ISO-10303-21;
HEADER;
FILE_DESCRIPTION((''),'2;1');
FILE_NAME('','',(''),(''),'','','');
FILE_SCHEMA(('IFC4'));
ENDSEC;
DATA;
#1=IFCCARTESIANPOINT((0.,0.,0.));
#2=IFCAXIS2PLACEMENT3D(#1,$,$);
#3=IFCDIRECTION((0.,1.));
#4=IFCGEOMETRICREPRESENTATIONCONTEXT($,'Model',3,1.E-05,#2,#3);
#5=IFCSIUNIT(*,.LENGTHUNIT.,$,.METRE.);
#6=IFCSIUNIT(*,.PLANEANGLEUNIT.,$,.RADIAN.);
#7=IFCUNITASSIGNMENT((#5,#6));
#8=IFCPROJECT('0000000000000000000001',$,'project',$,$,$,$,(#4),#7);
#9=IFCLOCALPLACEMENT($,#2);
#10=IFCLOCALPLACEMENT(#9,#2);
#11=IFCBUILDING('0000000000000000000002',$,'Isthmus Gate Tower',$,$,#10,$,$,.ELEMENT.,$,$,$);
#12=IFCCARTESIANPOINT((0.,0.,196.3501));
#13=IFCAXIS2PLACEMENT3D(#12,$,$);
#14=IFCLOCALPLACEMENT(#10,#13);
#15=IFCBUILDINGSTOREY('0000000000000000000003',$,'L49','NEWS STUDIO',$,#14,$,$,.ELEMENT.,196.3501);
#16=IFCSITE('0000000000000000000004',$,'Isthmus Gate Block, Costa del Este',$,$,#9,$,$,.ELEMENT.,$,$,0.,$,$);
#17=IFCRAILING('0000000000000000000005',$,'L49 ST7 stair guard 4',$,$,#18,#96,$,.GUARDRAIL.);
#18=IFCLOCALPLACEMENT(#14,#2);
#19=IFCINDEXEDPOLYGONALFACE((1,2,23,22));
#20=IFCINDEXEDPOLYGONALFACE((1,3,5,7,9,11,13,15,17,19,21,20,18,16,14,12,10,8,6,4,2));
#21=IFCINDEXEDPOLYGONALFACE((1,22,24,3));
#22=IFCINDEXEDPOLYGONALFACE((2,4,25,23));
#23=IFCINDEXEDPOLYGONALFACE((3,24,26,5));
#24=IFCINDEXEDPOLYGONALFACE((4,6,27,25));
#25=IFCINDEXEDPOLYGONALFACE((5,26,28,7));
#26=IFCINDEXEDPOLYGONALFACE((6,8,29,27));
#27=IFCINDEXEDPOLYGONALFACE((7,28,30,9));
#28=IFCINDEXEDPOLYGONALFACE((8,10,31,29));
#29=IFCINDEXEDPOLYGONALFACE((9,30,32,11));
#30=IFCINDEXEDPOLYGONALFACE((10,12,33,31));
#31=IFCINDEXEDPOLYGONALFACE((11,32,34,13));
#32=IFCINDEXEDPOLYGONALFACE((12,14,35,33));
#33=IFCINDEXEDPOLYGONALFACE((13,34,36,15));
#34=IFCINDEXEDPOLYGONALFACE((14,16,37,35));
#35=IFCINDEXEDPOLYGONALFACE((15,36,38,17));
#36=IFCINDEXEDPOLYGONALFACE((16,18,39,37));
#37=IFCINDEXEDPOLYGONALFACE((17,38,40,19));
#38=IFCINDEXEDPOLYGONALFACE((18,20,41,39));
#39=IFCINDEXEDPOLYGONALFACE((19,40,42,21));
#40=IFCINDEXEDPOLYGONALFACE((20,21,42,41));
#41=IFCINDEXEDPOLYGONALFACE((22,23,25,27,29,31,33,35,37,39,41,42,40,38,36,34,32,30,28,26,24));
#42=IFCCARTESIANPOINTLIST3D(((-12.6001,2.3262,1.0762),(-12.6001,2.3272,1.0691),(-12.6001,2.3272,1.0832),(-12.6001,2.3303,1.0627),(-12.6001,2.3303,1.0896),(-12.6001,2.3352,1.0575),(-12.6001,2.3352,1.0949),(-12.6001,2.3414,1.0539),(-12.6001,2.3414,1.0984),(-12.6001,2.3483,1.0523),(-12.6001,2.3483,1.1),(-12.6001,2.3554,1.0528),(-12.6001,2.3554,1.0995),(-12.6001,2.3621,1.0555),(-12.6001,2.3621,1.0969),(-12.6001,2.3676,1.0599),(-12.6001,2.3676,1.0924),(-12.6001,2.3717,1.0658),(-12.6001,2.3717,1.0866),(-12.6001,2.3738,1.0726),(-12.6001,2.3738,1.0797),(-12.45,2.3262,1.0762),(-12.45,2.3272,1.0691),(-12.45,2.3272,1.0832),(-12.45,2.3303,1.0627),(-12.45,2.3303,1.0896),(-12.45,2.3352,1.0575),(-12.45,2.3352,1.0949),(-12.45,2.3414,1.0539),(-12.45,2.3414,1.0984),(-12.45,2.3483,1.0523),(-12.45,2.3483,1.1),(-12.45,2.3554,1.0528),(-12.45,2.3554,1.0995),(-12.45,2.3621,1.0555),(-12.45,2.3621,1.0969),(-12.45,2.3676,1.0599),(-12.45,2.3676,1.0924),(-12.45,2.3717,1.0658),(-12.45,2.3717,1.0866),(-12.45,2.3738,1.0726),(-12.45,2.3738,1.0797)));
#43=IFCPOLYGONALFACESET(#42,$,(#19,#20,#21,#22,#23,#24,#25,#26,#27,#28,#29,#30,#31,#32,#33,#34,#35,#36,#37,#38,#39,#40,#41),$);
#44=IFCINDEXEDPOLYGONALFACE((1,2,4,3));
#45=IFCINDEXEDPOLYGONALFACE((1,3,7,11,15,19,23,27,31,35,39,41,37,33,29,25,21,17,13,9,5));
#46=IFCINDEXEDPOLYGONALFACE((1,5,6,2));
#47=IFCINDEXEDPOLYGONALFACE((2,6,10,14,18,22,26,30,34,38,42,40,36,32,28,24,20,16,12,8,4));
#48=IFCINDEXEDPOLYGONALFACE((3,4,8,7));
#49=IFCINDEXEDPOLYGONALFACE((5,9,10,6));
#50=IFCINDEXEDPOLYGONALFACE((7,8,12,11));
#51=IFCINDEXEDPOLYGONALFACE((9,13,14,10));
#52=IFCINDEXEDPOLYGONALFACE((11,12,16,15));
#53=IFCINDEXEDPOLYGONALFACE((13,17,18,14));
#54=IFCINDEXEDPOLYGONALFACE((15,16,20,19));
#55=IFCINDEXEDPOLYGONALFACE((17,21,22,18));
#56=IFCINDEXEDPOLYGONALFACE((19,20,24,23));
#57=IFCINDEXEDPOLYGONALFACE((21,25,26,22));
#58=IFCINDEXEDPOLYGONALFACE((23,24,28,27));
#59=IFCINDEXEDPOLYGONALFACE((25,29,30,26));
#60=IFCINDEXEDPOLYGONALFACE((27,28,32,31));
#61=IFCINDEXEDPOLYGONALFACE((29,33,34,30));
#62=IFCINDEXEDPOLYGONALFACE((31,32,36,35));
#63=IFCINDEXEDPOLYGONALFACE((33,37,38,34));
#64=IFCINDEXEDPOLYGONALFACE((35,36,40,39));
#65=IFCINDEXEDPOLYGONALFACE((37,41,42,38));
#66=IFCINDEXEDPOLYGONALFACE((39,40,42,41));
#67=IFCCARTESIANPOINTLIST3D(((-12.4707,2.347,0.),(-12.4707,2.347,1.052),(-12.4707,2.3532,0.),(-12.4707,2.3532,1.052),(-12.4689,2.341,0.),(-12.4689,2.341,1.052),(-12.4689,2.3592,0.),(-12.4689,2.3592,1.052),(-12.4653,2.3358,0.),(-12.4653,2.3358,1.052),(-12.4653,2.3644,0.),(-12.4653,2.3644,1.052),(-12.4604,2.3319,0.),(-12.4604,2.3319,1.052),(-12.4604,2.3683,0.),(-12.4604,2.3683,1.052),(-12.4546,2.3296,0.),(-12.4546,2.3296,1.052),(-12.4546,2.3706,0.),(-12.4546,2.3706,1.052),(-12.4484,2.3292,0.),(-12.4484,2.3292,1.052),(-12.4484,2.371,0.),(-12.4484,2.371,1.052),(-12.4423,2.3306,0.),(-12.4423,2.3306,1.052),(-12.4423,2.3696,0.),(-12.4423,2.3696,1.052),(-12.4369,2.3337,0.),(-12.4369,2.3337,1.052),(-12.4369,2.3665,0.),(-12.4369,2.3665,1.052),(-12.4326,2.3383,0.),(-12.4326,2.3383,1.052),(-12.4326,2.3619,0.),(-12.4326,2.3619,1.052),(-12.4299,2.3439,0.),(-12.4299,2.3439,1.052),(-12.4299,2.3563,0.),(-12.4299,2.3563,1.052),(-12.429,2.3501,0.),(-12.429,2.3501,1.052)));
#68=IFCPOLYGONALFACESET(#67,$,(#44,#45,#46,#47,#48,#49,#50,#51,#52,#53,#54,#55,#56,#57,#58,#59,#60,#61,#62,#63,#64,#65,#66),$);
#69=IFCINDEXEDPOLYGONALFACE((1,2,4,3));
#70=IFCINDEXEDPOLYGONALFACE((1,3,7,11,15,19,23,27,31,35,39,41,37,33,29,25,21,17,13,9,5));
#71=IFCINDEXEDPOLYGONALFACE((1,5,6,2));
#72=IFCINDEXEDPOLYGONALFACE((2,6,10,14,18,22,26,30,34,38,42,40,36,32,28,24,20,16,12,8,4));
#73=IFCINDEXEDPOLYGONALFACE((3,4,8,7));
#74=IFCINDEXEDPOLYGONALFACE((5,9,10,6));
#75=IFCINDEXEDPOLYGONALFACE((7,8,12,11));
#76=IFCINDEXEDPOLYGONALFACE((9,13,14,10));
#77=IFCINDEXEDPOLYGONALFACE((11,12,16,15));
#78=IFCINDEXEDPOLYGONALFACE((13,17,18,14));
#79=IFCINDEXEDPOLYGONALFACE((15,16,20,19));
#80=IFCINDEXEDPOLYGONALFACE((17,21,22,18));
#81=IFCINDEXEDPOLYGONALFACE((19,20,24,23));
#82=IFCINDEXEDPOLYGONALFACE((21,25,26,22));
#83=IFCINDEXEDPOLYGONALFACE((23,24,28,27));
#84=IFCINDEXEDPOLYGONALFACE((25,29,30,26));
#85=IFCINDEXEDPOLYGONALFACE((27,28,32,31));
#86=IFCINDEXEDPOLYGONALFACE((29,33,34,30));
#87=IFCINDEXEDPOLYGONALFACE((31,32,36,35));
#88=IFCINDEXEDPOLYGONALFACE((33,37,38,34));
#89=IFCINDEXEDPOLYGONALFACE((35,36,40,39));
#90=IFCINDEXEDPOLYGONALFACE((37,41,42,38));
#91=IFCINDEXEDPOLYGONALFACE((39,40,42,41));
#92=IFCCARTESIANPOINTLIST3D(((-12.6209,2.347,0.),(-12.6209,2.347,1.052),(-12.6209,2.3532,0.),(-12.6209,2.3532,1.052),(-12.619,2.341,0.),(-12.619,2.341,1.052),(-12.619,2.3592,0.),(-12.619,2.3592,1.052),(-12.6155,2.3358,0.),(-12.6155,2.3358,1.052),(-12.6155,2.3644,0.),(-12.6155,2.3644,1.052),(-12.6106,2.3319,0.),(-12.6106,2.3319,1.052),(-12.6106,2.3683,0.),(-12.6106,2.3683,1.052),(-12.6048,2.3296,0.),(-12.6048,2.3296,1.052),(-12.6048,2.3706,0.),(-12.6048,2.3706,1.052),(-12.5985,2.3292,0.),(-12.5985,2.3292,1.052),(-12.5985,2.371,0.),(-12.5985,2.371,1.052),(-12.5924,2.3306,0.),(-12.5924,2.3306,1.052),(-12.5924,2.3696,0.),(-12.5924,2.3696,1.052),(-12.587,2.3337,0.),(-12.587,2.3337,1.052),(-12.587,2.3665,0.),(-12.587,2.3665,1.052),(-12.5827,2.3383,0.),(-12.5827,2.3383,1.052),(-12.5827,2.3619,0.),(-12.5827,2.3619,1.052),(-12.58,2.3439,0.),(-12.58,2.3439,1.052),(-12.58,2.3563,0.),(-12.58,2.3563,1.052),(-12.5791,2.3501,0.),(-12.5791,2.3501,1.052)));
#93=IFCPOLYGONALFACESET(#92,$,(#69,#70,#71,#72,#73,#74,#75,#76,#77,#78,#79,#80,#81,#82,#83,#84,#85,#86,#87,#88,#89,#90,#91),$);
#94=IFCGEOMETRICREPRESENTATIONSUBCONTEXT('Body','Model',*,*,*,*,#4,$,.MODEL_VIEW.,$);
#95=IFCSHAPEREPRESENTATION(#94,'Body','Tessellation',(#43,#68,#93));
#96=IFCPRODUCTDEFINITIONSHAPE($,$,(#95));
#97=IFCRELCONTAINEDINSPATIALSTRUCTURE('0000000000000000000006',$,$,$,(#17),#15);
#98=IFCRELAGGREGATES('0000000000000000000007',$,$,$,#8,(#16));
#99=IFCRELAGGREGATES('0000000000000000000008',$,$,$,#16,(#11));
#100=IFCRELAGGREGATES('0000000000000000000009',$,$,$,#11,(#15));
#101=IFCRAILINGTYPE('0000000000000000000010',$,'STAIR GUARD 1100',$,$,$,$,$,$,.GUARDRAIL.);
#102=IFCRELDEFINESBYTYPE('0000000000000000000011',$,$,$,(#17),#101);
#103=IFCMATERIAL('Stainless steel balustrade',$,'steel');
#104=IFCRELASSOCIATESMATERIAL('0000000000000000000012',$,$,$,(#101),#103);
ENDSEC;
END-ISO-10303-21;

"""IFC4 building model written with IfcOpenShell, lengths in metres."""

from ifc_helpers import new_model, si_unit, direction, frame, origin, origin_2d, place, context, subcontext, project, spatial, circle, extrude, material, type_object, element, save


model = new_model("IFC4")

# Units and contexts
model_context = context("Model", 3, precision=1e-05, world=origin(), true_north=direction((0.0, 1.0)))
body_context = subcontext(model_context, "Body", "Model", "MODEL_VIEW")
ifc_project = project(units=[si_unit("LENGTHUNIT", "METRE"), si_unit("PLANEANGLEUNIT", "RADIAN")], contexts=[model_context])

# Site, building, storey
site_placement = place(None, origin())
site = spatial("IfcSite", under=ifc_project, at=site_placement, Name="Isthmus Gate Block, Costa del Este", CompositionType="ELEMENT", RefElevation=0.0)
building_placement = place(site_placement, origin())
building = spatial("IfcBuilding", under=site, at=building_placement, Name="Isthmus Gate Tower", CompositionType="ELEMENT")
storey_placement = place(building_placement, frame((0.0, 0.0, 196.3501)))
storey = spatial("IfcBuildingStorey", under=building, at=storey_placement, Name="L49", Description="NEWS STUDIO", CompositionType="ELEMENT", Elevation=196.3501)

# Railing
ifc_material_1 = material(Name="Stainless steel balustrade", Category="steel")
railing_type_1 = type_object("IfcRailingType", Name="STAIR GUARD 1100", PredefinedType="GUARDRAIL", material=ifc_material_1)
railing_1_placement = place(storey_placement, frame((-12.45, 2.3501, 0.0)))
element("IfcRailing", 1, at=railing_1_placement, inside=storey, type_object=railing_type_1, Name="L49 ST7 stair guard 4", PredefinedType="GUARDRAIL", context=body_context, shape_type="SweptSolid", body=[
    extrude(circle(Radius=0.0239, at=origin_2d()), frame((0.0, 0.0, 1.0762), z_axis=(-1.0, 0.0, 0.0), x_axis=(0.0, -1.0, 0.0)), (0.0, 0.0, 1.0), 0.1501),
    extrude(circle(Radius=0.021, at=origin_2d()), origin(), (0.0, 0.0, 1.0), 1.052),
    extrude(circle(Radius=0.021, at=origin_2d()), frame((-0.1501, 0.0, 0.0)), (0.0, 0.0, 1.0), 1.052),
])

save(model, "model.ifc")
